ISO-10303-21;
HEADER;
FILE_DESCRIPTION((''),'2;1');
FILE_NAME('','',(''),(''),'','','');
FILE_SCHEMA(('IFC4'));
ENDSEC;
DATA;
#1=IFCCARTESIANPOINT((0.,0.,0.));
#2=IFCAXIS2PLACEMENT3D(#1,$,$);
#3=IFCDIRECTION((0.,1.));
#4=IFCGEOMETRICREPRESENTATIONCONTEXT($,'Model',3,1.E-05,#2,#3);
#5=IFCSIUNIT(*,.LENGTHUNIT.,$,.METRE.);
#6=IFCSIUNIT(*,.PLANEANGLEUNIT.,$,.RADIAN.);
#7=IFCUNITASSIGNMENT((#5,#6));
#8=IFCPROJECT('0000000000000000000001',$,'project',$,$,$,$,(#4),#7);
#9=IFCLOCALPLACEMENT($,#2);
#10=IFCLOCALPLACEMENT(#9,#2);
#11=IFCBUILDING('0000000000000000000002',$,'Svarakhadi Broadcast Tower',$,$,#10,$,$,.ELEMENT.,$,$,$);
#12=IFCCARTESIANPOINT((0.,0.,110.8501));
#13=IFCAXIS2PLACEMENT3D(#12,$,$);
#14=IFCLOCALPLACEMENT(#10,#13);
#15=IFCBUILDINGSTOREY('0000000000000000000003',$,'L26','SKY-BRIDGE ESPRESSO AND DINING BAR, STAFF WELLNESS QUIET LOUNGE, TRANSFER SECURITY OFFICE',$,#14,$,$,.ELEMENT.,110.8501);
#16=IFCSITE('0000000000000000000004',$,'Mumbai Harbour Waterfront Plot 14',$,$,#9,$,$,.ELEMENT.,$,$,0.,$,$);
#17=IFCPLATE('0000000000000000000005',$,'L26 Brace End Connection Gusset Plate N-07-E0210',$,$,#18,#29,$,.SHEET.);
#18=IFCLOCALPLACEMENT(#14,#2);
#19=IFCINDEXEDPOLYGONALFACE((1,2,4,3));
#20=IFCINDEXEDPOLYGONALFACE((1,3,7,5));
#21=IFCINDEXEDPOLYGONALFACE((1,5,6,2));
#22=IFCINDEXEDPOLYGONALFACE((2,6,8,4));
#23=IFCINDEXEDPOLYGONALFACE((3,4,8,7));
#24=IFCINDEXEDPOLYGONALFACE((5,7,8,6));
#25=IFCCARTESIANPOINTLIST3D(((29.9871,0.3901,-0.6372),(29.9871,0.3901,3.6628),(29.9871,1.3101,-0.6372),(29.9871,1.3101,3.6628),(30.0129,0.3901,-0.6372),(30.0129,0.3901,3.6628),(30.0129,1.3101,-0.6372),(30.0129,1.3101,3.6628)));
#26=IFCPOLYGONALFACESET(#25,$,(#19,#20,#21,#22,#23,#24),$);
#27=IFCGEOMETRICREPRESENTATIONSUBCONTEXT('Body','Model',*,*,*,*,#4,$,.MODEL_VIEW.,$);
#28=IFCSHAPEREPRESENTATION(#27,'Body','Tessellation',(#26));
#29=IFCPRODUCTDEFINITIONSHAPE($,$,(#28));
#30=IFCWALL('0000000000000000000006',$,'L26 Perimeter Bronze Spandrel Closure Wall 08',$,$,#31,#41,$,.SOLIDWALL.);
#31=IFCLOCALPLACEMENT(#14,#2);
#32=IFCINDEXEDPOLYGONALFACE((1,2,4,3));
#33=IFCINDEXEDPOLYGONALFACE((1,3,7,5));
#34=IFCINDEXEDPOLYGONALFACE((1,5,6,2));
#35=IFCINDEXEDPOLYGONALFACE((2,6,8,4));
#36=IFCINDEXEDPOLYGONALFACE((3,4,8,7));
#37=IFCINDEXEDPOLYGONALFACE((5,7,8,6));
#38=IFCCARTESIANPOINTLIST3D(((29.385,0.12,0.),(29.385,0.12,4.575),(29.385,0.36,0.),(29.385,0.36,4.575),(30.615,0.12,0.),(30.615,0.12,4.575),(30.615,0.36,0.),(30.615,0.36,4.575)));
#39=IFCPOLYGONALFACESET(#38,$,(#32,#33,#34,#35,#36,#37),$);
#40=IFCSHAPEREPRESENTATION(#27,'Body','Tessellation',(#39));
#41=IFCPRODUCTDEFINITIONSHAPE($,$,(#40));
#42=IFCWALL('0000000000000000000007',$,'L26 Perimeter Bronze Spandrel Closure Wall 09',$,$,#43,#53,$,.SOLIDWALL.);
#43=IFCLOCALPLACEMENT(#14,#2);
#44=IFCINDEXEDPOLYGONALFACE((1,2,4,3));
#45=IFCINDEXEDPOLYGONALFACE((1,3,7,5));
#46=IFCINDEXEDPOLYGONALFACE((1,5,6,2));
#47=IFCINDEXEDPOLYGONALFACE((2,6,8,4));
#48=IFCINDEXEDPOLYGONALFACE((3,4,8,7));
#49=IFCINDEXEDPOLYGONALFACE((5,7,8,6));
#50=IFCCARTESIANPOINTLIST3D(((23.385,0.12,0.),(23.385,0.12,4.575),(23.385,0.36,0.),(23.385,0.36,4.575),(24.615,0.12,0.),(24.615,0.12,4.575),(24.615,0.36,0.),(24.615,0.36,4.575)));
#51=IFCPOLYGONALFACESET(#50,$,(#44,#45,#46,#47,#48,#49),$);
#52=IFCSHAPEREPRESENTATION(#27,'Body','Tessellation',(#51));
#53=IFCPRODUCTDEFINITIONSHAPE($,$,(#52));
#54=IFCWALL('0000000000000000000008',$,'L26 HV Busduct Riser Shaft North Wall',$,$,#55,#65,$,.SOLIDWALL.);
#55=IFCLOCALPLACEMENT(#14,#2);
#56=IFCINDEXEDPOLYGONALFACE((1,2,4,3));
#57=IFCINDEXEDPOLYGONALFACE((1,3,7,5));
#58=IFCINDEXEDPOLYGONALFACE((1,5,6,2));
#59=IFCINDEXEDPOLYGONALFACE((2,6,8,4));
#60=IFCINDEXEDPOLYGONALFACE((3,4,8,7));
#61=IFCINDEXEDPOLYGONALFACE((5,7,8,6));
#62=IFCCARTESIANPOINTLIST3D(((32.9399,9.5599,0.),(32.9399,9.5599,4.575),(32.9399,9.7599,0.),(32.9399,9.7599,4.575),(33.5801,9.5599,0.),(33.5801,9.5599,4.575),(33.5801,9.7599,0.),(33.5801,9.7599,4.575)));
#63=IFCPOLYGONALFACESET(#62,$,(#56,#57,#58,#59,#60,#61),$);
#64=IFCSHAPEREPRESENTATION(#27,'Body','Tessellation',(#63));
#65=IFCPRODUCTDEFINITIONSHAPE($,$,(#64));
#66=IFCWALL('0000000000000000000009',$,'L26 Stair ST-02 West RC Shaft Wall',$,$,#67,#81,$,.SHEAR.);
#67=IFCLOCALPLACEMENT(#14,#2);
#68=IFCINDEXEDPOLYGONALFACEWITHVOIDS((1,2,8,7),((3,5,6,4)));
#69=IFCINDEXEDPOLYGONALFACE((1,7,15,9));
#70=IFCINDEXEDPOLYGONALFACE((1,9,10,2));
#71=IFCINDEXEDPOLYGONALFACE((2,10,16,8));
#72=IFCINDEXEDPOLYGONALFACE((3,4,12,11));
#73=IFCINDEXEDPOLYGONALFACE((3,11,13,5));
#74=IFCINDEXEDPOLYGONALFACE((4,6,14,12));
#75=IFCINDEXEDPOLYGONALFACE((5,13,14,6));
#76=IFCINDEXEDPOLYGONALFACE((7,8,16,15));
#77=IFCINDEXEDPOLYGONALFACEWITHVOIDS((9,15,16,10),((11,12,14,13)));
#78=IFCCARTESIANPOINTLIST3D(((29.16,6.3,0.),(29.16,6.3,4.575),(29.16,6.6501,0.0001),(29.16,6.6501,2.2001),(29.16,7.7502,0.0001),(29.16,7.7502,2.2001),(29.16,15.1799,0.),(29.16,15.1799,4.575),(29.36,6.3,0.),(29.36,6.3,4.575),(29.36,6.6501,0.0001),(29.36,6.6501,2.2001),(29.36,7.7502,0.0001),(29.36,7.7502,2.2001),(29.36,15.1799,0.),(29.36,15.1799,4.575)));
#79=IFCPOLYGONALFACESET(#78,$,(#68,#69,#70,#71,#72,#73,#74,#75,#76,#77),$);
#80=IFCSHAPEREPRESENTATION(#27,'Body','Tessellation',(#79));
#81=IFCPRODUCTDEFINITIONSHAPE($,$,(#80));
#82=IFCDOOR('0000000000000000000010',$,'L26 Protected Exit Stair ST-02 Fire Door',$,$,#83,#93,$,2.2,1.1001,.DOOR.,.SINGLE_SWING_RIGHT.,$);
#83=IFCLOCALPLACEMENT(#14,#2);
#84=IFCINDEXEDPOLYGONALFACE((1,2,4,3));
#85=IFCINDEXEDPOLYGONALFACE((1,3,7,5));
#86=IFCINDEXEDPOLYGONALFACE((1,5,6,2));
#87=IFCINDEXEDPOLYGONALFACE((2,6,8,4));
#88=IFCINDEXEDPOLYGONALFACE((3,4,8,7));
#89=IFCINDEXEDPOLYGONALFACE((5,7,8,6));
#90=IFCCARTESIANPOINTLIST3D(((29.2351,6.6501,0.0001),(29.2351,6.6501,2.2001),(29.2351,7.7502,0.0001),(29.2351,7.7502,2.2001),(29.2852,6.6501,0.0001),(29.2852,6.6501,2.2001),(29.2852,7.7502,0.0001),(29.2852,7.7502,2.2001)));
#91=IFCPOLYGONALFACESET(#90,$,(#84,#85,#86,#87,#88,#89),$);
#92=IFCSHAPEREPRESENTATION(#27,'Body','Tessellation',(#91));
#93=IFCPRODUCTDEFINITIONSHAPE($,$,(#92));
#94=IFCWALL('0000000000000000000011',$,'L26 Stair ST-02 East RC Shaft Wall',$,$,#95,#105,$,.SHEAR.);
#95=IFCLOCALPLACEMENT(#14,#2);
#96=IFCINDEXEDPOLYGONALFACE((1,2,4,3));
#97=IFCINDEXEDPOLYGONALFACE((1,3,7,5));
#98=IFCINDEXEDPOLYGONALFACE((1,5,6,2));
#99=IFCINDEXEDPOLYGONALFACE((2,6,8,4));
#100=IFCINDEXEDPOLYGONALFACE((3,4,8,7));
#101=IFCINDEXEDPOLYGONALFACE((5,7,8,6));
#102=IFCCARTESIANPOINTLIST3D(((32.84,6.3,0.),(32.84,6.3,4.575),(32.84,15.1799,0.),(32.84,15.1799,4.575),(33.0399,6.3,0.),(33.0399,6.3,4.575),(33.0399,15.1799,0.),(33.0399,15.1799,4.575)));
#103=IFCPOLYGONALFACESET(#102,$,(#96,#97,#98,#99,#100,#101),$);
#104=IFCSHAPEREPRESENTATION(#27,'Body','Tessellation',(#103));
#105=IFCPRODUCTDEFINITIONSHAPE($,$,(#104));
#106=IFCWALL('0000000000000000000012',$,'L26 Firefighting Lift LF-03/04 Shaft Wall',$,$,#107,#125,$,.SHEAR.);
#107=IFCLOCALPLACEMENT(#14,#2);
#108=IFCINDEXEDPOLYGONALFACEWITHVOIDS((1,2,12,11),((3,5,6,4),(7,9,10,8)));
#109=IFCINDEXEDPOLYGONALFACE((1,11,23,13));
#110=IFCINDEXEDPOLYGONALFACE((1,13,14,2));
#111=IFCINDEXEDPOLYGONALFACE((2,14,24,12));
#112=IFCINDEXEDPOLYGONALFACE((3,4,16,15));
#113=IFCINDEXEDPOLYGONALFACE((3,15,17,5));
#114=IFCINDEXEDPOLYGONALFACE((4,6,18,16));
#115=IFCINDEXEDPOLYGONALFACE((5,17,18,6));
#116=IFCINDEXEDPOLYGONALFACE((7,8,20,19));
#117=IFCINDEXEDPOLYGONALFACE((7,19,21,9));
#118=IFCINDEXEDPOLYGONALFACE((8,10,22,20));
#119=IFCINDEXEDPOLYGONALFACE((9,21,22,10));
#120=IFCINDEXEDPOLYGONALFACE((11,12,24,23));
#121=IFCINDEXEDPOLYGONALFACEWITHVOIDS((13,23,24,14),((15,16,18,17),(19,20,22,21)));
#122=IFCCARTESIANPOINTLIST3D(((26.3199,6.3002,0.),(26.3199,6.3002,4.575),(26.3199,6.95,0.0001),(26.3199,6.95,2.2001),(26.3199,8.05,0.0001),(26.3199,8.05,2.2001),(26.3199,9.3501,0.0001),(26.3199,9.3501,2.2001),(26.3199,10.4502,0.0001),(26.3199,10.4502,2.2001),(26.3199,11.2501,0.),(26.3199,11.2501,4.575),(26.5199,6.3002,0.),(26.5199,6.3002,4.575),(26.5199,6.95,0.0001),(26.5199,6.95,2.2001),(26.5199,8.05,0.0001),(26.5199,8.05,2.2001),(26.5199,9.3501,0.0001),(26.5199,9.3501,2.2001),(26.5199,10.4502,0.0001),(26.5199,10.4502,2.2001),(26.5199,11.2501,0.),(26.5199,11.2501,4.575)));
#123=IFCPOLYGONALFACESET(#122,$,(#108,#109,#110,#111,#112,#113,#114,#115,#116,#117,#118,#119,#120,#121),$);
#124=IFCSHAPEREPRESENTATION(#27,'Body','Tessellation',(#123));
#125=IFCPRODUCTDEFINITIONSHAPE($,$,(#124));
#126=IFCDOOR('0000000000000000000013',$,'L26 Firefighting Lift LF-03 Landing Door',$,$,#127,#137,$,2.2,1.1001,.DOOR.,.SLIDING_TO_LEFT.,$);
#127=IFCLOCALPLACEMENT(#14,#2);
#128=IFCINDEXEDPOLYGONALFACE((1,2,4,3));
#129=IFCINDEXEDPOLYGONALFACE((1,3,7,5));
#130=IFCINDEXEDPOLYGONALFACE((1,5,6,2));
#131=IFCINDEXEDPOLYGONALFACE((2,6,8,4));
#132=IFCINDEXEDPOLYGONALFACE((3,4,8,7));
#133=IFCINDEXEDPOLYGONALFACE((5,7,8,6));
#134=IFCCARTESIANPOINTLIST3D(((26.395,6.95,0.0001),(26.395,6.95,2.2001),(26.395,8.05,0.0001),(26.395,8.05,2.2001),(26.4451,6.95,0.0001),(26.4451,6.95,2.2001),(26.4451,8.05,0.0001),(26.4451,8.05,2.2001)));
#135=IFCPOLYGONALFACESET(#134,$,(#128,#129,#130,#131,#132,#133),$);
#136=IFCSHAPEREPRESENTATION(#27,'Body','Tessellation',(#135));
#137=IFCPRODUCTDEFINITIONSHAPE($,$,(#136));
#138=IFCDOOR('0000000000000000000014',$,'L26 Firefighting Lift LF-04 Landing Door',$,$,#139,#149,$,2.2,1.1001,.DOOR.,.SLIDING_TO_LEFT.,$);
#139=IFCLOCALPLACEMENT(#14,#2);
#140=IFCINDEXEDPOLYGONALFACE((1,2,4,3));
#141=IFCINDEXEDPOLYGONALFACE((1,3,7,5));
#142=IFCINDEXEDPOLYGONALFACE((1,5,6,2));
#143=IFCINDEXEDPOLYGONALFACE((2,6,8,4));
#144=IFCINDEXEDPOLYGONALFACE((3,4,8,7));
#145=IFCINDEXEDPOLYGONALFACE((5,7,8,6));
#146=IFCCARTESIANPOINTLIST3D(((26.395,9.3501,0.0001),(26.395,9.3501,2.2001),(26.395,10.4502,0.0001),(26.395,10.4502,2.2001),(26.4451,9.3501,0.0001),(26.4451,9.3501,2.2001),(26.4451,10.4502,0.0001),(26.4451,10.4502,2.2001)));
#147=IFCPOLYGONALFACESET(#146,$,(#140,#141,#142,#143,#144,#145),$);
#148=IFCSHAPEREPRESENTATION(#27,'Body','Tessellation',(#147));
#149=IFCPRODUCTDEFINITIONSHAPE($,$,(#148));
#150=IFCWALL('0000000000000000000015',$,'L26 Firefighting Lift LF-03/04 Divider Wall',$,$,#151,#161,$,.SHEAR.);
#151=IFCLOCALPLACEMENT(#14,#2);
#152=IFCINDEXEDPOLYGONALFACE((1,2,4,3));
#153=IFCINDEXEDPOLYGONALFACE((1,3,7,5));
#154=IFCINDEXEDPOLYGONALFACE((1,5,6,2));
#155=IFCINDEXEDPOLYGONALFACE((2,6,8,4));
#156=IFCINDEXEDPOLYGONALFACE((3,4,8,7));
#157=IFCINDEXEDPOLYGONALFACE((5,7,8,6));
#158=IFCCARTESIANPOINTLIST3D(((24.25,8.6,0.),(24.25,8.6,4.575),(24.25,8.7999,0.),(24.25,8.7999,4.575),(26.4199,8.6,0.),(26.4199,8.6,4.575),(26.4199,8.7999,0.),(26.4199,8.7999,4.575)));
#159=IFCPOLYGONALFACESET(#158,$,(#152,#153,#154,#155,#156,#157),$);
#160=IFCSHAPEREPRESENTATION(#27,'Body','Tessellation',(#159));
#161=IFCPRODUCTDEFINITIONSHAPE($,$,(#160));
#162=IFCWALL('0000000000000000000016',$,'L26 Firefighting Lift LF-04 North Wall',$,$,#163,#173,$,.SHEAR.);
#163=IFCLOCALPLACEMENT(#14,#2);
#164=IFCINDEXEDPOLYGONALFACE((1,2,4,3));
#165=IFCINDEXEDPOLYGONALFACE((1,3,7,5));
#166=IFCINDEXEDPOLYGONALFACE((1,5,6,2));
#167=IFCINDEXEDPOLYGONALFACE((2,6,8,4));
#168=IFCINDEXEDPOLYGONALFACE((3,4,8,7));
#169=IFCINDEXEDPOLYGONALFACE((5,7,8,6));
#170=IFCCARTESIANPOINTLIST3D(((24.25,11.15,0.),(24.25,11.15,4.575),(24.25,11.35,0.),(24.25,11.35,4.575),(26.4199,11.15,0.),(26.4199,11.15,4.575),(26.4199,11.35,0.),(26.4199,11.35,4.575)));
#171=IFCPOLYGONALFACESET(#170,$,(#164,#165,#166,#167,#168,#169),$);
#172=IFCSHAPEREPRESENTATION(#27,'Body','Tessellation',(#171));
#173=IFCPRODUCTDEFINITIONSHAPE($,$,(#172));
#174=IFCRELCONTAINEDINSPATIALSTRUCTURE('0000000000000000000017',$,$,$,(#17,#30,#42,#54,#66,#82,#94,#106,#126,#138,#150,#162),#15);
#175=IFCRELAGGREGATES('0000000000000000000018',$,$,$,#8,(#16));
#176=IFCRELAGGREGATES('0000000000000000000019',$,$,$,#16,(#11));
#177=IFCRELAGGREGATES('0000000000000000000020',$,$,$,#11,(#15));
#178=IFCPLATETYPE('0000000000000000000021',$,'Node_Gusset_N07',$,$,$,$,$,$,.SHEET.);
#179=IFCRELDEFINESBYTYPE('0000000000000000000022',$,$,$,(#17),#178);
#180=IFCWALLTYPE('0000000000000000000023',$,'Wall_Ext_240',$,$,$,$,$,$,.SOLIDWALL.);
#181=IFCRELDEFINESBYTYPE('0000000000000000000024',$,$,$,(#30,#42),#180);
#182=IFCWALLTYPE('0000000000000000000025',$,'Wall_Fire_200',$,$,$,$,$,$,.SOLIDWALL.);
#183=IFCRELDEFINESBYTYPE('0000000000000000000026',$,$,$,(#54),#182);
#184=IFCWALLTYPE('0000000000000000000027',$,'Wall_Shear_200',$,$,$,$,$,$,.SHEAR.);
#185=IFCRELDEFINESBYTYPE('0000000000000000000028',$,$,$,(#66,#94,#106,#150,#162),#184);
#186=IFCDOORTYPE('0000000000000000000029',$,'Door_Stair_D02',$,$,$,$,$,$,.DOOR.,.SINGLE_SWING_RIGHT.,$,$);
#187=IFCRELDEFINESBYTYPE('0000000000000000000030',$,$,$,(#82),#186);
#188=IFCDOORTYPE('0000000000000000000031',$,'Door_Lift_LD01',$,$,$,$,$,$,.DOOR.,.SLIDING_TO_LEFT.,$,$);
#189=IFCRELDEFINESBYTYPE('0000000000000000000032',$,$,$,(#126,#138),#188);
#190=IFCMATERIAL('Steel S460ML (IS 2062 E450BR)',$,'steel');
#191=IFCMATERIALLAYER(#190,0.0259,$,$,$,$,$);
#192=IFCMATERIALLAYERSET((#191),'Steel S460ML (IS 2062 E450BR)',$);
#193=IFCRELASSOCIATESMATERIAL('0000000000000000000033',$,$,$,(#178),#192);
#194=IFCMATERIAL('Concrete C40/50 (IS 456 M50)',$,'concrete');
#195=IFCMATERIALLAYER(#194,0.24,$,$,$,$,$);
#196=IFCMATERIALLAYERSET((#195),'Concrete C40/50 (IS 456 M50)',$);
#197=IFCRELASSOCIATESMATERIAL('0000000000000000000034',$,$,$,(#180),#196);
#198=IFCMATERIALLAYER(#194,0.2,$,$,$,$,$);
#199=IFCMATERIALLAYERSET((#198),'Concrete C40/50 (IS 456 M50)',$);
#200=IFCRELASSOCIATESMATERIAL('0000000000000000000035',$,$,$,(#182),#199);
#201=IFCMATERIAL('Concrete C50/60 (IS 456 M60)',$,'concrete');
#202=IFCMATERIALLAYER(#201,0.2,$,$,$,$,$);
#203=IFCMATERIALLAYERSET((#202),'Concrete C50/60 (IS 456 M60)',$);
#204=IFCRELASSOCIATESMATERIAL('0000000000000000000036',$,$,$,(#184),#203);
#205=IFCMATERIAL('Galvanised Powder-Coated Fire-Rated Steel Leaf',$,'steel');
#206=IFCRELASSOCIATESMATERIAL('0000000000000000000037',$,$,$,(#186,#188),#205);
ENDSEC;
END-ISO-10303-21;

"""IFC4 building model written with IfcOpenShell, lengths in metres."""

from ifc_helpers import new_model, si_unit, direction, frame, frame_2d, origin, origin_2d, place, context, subcontext, project, spatial, rectangle, extrude, material, layer, layer_set, type_object, element, fill, save


model = new_model("IFC4")

# Units and contexts
model_context = context("Model", 3, precision=1e-05, world=origin(), true_north=direction((0.0, 1.0)))
body_context = subcontext(model_context, "Body", "Model", "MODEL_VIEW")
ifc_project = project(units=[si_unit("LENGTHUNIT", "METRE"), si_unit("PLANEANGLEUNIT", "RADIAN")], contexts=[model_context])

# Site, building, storey
site_placement = place(None, origin())
site = spatial("IfcSite", under=ifc_project, at=site_placement, Name="Mumbai Harbour Waterfront Plot 14", CompositionType="ELEMENT", RefElevation=0.0)
building_placement = place(site_placement, origin())
building = spatial("IfcBuilding", under=site, at=building_placement, Name="Svarakhadi Broadcast Tower", CompositionType="ELEMENT")
storey_placement = place(building_placement, frame((0.0, 0.0, 110.8501)))
storey = spatial("IfcBuildingStorey", under=building, at=storey_placement, Name="L26", Description="SKY-BRIDGE ESPRESSO AND DINING BAR, STAFF WELLNESS QUIET LOUNGE, TRANSFER SECURITY OFFICE", CompositionType="ELEMENT", Elevation=110.8501)

# Shared definitions
ifc_material_1 = material(Name="Concrete C50/60 (IS 456 M60)", Category="concrete")

# Shared definitions
ifc_material_2 = material(Name="Steel S460ML (IS 2062 E450BR)", Category="steel")

# Plate
ifc_layer_1 = layer(ifc_material_2, 0.0259)
ifc_layer_set_1 = layer_set([ifc_layer_1], Name="Steel S460ML (IS 2062 E450BR)")
plate_type_1 = type_object("IfcPlateType", Name="Node_Gusset_N07", PredefinedType="SHEET", material=ifc_layer_set_1)
plate_1_placement = place(storey_placement, frame((30.0, 0.8501, -0.6372), z_axis=(0.0, 0.0, 1.0), x_axis=(0.0, 1.0, 0.0)))
element("IfcPlate", 1, at=plate_1_placement, inside=storey, type_object=plate_type_1, Name="L26 Brace End Connection Gusset Plate N-07-E0210", PredefinedType="SHEET", context=body_context, shape_type="SweptSolid", body=[
    extrude(rectangle(XDim=0.9199, YDim=0.0259, at=origin_2d()), origin(), (0.0, 0.0, 1.0), 4.3),
])

# Walls
ifc_material_3 = material(Name="Concrete C40/50 (IS 456 M50)", Category="concrete")
ifc_layer_2 = layer(ifc_material_3, 0.24)
ifc_layer_set_2 = layer_set([ifc_layer_2], Name="Concrete C40/50 (IS 456 M50)")
wall_type_1 = type_object("IfcWallType", Name="Wall_Ext_240", PredefinedType="SOLIDWALL", material=ifc_layer_set_2)
for number, where, z_axis, x_axis, name in (
    (2, (30.615, 0.24, 0.0), (0.0, 0.0, 1.0), (-1.0, 0.0, 0.0), "L26 Perimeter Bronze Spandrel Closure Wall 08"),
    (3, (24.615, 0.24, 0.0), (0.0, 0.0, 1.0), (-1.0, 0.0, 0.0), "L26 Perimeter Bronze Spandrel Closure Wall 09"),
):
    element("IfcWall", number, at=place(storey_placement, frame(where, z_axis=z_axis, x_axis=x_axis)), inside=storey, type_object=wall_type_1, Name=name, PredefinedType="SOLIDWALL", context=body_context, shape_type="SweptSolid", body=[
        extrude(rectangle(XDim=1.23, YDim=0.24, at=frame_2d((0.615, 0.0))), origin(), (0.0, 0.0, 1.0), 4.575),
    ])
ifc_layer_3 = layer(ifc_material_3, 0.2)
ifc_layer_set_3 = layer_set([ifc_layer_3], Name="Concrete C40/50 (IS 456 M50)")
wall_type_2 = type_object("IfcWallType", Name="Wall_Fire_200", PredefinedType="SOLIDWALL", material=ifc_layer_set_3)
wall_1_placement = place(storey_placement, frame((32.9399, 9.6599, 0.0), z_axis=(0.0, 0.0, 1.0), x_axis=(1.0, 0.0, 0.0)))
element("IfcWall", 4, at=wall_1_placement, inside=storey, type_object=wall_type_2, Name="L26 HV Busduct Riser Shaft North Wall", PredefinedType="SOLIDWALL", context=body_context, shape_type="SweptSolid", body=[
    extrude(rectangle(XDim=0.6401, YDim=0.2, at=frame_2d((0.3201, 0.0))), origin(), (0.0, 0.0, 1.0), 4.575),
])

# Wall, opening, door
ifc_layer_4 = layer(ifc_material_1, 0.2)
ifc_layer_set_4 = layer_set([ifc_layer_4], Name="Concrete C50/60 (IS 456 M60)")
wall_type_3 = type_object("IfcWallType", Name="Wall_Shear_200", PredefinedType="SHEAR", material=ifc_layer_set_4)
wall_2_placement = place(storey_placement, frame((29.26, 6.3, 0.0), z_axis=(0.0, 0.0, 1.0), x_axis=(0.0, 1.0, 0.0)))
wall_2 = element("IfcWall", 5, at=wall_2_placement, inside=storey, type_object=wall_type_3, Name="L26 Stair ST-02 West RC Shaft Wall", PredefinedType="SHEAR", context=body_context, shape_type="SweptSolid", body=[
    extrude(rectangle(XDim=8.8799, YDim=0.2, at=frame_2d((4.4399, 0.0))), origin(), (0.0, 0.0, 1.0), 4.575),
])
opening_1_placement = place(wall_2_placement, frame((0.3501, 0.0, 0.0)))
opening_1 = element("IfcOpeningElement", 6, at=opening_1_placement, cuts=wall_2, PredefinedType="OPENING", context=body_context, shape_type="SweptSolid", body=[
    extrude(rectangle(XDim=1.1001, YDim=2.2, at=frame_2d((0.55, 1.1001))), frame((0.0, 0.1099, 0.0), z_axis=(0.0, -1.0, 0.0), x_axis=(1.0, 0.0, 0.0)), (0.0, 0.0, 1.0), 0.22),
])
ifc_material_4 = material(Name="Galvanised Powder-Coated Fire-Rated Steel Leaf", Category="steel")
door_type_1 = type_object("IfcDoorType", Name="Door_Stair_D02", OperationType="SINGLE_SWING_RIGHT", PredefinedType="DOOR", material=ifc_material_4)
door_1_placement = place(opening_1_placement, origin())
door_1 = element("IfcDoor", 7, at=door_1_placement, inside=storey, type_object=door_type_1, Name="L26 Protected Exit Stair ST-02 Fire Door", OperationType="SINGLE_SWING_RIGHT", OverallHeight=2.2, OverallWidth=1.1001, PredefinedType="DOOR", context=body_context, shape_type="SweptSolid", body=[
    extrude(rectangle(XDim=1.1001, YDim=2.2, at=frame_2d((0.55, 1.1001))), frame((0.0, 0.0249, 0.0), z_axis=(0.0, -1.0, 0.0), x_axis=(1.0, 0.0, 0.0)), (0.0, 0.0, 1.0), 0.05),
])
fill(opening_1, door_1)

# Wall
wall_3_placement = place(storey_placement, frame((32.9399, 6.3, 0.0), z_axis=(0.0, 0.0, 1.0), x_axis=(0.0, 1.0, 0.0)))
element("IfcWall", 8, at=wall_3_placement, inside=storey, type_object=wall_type_3, Name="L26 Stair ST-02 East RC Shaft Wall", PredefinedType="SHEAR", context=body_context, shape_type="SweptSolid", body=[
    extrude(rectangle(XDim=8.8799, YDim=0.2, at=frame_2d((4.4399, 0.0))), origin(), (0.0, 0.0, 1.0), 4.575),
])

# Wall, openings, doors
wall_4_placement = place(storey_placement, frame((26.4199, 6.3, 0.0), z_axis=(0.0, 0.0, 1.0), x_axis=(0.0, 1.0, 0.0)))
wall_4 = element("IfcWall", 9, at=wall_4_placement, inside=storey, type_object=wall_type_3, Name="L26 Firefighting Lift LF-03/04 Shaft Wall", PredefinedType="SHEAR", context=body_context, shape_type="SweptSolid", body=[
    extrude(rectangle(XDim=4.95, YDim=0.2, at=frame_2d((2.4751, 0.0))), origin(), (0.0, 0.0, 1.0), 4.575),
])
opening_2_placement = place(wall_4_placement, frame((0.6499, 0.0, 0.0)))
opening_2 = element("IfcOpeningElement", 10, at=opening_2_placement, cuts=wall_4, PredefinedType="OPENING", context=body_context, shape_type="SweptSolid", body=[
    extrude(rectangle(XDim=1.1001, YDim=2.2, at=frame_2d((0.55, 1.1001))), frame((0.0, 0.1099, 0.0), z_axis=(0.0, -1.0, 0.0), x_axis=(1.0, 0.0, 0.0)), (0.0, 0.0, 1.0), 0.22),
])
opening_3_placement = place(wall_4_placement, frame((3.05, 0.0, 0.0)))
opening_3 = element("IfcOpeningElement", 11, at=opening_3_placement, cuts=wall_4, PredefinedType="OPENING", context=body_context, shape_type="SweptSolid", body=[
    extrude(rectangle(XDim=1.1001, YDim=2.2, at=frame_2d((0.55, 1.1001))), frame((0.0, 0.1099, 0.0), z_axis=(0.0, -1.0, 0.0), x_axis=(1.0, 0.0, 0.0)), (0.0, 0.0, 1.0), 0.22),
])
door_type_2 = type_object("IfcDoorType", Name="Door_Lift_LD01", OperationType="SLIDING_TO_LEFT", PredefinedType="DOOR", material=ifc_material_4)
door_2_placement = place(opening_2_placement, origin())
door_2 = element("IfcDoor", 12, at=door_2_placement, inside=storey, type_object=door_type_2, Name="L26 Firefighting Lift LF-03 Landing Door", OperationType="SLIDING_TO_LEFT", OverallHeight=2.2, OverallWidth=1.1001, PredefinedType="DOOR", context=body_context, shape_type="SweptSolid", body=[
    extrude(rectangle(XDim=1.1001, YDim=2.2, at=frame_2d((0.55, 1.1001))), frame((0.0, 0.0249, 0.0), z_axis=(0.0, -1.0, 0.0), x_axis=(1.0, 0.0, 0.0)), (0.0, 0.0, 1.0), 0.05),
])
fill(opening_2, door_2)
door_3_placement = place(opening_3_placement, origin())
door_3 = element("IfcDoor", 13, at=door_3_placement, inside=storey, type_object=door_type_2, Name="L26 Firefighting Lift LF-04 Landing Door", OperationType="SLIDING_TO_LEFT", OverallHeight=2.2, OverallWidth=1.1001, PredefinedType="DOOR", context=body_context, shape_type="SweptSolid", body=[
    extrude(rectangle(XDim=1.1001, YDim=2.2, at=frame_2d((0.55, 1.1001))), frame((0.0, 0.0249, 0.0), z_axis=(0.0, -1.0, 0.0), x_axis=(1.0, 0.0, 0.0)), (0.0, 0.0, 1.0), 0.05),
])
fill(opening_3, door_3)

# Walls
for number, where, z_axis, x_axis, name in (
    (14, (24.25, 8.7, 0.0), (0.0, 0.0, 1.0), (1.0, 0.0, 0.0), "L26 Firefighting Lift LF-03/04 Divider Wall"),
    (15, (24.25, 11.25, 0.0), (0.0, 0.0, 1.0), (1.0, 0.0, 0.0), "L26 Firefighting Lift LF-04 North Wall"),
):
    element("IfcWall", number, at=place(storey_placement, frame(where, z_axis=z_axis, x_axis=x_axis)), inside=storey, type_object=wall_type_3, Name=name, PredefinedType="SHEAR", context=body_context, shape_type="SweptSolid", body=[
        extrude(rectangle(XDim=2.1699, YDim=0.2, at=frame_2d((1.085, 0.0))), origin(), (0.0, 0.0, 1.0), 4.575),
    ])

save(model, "model.ifc")
